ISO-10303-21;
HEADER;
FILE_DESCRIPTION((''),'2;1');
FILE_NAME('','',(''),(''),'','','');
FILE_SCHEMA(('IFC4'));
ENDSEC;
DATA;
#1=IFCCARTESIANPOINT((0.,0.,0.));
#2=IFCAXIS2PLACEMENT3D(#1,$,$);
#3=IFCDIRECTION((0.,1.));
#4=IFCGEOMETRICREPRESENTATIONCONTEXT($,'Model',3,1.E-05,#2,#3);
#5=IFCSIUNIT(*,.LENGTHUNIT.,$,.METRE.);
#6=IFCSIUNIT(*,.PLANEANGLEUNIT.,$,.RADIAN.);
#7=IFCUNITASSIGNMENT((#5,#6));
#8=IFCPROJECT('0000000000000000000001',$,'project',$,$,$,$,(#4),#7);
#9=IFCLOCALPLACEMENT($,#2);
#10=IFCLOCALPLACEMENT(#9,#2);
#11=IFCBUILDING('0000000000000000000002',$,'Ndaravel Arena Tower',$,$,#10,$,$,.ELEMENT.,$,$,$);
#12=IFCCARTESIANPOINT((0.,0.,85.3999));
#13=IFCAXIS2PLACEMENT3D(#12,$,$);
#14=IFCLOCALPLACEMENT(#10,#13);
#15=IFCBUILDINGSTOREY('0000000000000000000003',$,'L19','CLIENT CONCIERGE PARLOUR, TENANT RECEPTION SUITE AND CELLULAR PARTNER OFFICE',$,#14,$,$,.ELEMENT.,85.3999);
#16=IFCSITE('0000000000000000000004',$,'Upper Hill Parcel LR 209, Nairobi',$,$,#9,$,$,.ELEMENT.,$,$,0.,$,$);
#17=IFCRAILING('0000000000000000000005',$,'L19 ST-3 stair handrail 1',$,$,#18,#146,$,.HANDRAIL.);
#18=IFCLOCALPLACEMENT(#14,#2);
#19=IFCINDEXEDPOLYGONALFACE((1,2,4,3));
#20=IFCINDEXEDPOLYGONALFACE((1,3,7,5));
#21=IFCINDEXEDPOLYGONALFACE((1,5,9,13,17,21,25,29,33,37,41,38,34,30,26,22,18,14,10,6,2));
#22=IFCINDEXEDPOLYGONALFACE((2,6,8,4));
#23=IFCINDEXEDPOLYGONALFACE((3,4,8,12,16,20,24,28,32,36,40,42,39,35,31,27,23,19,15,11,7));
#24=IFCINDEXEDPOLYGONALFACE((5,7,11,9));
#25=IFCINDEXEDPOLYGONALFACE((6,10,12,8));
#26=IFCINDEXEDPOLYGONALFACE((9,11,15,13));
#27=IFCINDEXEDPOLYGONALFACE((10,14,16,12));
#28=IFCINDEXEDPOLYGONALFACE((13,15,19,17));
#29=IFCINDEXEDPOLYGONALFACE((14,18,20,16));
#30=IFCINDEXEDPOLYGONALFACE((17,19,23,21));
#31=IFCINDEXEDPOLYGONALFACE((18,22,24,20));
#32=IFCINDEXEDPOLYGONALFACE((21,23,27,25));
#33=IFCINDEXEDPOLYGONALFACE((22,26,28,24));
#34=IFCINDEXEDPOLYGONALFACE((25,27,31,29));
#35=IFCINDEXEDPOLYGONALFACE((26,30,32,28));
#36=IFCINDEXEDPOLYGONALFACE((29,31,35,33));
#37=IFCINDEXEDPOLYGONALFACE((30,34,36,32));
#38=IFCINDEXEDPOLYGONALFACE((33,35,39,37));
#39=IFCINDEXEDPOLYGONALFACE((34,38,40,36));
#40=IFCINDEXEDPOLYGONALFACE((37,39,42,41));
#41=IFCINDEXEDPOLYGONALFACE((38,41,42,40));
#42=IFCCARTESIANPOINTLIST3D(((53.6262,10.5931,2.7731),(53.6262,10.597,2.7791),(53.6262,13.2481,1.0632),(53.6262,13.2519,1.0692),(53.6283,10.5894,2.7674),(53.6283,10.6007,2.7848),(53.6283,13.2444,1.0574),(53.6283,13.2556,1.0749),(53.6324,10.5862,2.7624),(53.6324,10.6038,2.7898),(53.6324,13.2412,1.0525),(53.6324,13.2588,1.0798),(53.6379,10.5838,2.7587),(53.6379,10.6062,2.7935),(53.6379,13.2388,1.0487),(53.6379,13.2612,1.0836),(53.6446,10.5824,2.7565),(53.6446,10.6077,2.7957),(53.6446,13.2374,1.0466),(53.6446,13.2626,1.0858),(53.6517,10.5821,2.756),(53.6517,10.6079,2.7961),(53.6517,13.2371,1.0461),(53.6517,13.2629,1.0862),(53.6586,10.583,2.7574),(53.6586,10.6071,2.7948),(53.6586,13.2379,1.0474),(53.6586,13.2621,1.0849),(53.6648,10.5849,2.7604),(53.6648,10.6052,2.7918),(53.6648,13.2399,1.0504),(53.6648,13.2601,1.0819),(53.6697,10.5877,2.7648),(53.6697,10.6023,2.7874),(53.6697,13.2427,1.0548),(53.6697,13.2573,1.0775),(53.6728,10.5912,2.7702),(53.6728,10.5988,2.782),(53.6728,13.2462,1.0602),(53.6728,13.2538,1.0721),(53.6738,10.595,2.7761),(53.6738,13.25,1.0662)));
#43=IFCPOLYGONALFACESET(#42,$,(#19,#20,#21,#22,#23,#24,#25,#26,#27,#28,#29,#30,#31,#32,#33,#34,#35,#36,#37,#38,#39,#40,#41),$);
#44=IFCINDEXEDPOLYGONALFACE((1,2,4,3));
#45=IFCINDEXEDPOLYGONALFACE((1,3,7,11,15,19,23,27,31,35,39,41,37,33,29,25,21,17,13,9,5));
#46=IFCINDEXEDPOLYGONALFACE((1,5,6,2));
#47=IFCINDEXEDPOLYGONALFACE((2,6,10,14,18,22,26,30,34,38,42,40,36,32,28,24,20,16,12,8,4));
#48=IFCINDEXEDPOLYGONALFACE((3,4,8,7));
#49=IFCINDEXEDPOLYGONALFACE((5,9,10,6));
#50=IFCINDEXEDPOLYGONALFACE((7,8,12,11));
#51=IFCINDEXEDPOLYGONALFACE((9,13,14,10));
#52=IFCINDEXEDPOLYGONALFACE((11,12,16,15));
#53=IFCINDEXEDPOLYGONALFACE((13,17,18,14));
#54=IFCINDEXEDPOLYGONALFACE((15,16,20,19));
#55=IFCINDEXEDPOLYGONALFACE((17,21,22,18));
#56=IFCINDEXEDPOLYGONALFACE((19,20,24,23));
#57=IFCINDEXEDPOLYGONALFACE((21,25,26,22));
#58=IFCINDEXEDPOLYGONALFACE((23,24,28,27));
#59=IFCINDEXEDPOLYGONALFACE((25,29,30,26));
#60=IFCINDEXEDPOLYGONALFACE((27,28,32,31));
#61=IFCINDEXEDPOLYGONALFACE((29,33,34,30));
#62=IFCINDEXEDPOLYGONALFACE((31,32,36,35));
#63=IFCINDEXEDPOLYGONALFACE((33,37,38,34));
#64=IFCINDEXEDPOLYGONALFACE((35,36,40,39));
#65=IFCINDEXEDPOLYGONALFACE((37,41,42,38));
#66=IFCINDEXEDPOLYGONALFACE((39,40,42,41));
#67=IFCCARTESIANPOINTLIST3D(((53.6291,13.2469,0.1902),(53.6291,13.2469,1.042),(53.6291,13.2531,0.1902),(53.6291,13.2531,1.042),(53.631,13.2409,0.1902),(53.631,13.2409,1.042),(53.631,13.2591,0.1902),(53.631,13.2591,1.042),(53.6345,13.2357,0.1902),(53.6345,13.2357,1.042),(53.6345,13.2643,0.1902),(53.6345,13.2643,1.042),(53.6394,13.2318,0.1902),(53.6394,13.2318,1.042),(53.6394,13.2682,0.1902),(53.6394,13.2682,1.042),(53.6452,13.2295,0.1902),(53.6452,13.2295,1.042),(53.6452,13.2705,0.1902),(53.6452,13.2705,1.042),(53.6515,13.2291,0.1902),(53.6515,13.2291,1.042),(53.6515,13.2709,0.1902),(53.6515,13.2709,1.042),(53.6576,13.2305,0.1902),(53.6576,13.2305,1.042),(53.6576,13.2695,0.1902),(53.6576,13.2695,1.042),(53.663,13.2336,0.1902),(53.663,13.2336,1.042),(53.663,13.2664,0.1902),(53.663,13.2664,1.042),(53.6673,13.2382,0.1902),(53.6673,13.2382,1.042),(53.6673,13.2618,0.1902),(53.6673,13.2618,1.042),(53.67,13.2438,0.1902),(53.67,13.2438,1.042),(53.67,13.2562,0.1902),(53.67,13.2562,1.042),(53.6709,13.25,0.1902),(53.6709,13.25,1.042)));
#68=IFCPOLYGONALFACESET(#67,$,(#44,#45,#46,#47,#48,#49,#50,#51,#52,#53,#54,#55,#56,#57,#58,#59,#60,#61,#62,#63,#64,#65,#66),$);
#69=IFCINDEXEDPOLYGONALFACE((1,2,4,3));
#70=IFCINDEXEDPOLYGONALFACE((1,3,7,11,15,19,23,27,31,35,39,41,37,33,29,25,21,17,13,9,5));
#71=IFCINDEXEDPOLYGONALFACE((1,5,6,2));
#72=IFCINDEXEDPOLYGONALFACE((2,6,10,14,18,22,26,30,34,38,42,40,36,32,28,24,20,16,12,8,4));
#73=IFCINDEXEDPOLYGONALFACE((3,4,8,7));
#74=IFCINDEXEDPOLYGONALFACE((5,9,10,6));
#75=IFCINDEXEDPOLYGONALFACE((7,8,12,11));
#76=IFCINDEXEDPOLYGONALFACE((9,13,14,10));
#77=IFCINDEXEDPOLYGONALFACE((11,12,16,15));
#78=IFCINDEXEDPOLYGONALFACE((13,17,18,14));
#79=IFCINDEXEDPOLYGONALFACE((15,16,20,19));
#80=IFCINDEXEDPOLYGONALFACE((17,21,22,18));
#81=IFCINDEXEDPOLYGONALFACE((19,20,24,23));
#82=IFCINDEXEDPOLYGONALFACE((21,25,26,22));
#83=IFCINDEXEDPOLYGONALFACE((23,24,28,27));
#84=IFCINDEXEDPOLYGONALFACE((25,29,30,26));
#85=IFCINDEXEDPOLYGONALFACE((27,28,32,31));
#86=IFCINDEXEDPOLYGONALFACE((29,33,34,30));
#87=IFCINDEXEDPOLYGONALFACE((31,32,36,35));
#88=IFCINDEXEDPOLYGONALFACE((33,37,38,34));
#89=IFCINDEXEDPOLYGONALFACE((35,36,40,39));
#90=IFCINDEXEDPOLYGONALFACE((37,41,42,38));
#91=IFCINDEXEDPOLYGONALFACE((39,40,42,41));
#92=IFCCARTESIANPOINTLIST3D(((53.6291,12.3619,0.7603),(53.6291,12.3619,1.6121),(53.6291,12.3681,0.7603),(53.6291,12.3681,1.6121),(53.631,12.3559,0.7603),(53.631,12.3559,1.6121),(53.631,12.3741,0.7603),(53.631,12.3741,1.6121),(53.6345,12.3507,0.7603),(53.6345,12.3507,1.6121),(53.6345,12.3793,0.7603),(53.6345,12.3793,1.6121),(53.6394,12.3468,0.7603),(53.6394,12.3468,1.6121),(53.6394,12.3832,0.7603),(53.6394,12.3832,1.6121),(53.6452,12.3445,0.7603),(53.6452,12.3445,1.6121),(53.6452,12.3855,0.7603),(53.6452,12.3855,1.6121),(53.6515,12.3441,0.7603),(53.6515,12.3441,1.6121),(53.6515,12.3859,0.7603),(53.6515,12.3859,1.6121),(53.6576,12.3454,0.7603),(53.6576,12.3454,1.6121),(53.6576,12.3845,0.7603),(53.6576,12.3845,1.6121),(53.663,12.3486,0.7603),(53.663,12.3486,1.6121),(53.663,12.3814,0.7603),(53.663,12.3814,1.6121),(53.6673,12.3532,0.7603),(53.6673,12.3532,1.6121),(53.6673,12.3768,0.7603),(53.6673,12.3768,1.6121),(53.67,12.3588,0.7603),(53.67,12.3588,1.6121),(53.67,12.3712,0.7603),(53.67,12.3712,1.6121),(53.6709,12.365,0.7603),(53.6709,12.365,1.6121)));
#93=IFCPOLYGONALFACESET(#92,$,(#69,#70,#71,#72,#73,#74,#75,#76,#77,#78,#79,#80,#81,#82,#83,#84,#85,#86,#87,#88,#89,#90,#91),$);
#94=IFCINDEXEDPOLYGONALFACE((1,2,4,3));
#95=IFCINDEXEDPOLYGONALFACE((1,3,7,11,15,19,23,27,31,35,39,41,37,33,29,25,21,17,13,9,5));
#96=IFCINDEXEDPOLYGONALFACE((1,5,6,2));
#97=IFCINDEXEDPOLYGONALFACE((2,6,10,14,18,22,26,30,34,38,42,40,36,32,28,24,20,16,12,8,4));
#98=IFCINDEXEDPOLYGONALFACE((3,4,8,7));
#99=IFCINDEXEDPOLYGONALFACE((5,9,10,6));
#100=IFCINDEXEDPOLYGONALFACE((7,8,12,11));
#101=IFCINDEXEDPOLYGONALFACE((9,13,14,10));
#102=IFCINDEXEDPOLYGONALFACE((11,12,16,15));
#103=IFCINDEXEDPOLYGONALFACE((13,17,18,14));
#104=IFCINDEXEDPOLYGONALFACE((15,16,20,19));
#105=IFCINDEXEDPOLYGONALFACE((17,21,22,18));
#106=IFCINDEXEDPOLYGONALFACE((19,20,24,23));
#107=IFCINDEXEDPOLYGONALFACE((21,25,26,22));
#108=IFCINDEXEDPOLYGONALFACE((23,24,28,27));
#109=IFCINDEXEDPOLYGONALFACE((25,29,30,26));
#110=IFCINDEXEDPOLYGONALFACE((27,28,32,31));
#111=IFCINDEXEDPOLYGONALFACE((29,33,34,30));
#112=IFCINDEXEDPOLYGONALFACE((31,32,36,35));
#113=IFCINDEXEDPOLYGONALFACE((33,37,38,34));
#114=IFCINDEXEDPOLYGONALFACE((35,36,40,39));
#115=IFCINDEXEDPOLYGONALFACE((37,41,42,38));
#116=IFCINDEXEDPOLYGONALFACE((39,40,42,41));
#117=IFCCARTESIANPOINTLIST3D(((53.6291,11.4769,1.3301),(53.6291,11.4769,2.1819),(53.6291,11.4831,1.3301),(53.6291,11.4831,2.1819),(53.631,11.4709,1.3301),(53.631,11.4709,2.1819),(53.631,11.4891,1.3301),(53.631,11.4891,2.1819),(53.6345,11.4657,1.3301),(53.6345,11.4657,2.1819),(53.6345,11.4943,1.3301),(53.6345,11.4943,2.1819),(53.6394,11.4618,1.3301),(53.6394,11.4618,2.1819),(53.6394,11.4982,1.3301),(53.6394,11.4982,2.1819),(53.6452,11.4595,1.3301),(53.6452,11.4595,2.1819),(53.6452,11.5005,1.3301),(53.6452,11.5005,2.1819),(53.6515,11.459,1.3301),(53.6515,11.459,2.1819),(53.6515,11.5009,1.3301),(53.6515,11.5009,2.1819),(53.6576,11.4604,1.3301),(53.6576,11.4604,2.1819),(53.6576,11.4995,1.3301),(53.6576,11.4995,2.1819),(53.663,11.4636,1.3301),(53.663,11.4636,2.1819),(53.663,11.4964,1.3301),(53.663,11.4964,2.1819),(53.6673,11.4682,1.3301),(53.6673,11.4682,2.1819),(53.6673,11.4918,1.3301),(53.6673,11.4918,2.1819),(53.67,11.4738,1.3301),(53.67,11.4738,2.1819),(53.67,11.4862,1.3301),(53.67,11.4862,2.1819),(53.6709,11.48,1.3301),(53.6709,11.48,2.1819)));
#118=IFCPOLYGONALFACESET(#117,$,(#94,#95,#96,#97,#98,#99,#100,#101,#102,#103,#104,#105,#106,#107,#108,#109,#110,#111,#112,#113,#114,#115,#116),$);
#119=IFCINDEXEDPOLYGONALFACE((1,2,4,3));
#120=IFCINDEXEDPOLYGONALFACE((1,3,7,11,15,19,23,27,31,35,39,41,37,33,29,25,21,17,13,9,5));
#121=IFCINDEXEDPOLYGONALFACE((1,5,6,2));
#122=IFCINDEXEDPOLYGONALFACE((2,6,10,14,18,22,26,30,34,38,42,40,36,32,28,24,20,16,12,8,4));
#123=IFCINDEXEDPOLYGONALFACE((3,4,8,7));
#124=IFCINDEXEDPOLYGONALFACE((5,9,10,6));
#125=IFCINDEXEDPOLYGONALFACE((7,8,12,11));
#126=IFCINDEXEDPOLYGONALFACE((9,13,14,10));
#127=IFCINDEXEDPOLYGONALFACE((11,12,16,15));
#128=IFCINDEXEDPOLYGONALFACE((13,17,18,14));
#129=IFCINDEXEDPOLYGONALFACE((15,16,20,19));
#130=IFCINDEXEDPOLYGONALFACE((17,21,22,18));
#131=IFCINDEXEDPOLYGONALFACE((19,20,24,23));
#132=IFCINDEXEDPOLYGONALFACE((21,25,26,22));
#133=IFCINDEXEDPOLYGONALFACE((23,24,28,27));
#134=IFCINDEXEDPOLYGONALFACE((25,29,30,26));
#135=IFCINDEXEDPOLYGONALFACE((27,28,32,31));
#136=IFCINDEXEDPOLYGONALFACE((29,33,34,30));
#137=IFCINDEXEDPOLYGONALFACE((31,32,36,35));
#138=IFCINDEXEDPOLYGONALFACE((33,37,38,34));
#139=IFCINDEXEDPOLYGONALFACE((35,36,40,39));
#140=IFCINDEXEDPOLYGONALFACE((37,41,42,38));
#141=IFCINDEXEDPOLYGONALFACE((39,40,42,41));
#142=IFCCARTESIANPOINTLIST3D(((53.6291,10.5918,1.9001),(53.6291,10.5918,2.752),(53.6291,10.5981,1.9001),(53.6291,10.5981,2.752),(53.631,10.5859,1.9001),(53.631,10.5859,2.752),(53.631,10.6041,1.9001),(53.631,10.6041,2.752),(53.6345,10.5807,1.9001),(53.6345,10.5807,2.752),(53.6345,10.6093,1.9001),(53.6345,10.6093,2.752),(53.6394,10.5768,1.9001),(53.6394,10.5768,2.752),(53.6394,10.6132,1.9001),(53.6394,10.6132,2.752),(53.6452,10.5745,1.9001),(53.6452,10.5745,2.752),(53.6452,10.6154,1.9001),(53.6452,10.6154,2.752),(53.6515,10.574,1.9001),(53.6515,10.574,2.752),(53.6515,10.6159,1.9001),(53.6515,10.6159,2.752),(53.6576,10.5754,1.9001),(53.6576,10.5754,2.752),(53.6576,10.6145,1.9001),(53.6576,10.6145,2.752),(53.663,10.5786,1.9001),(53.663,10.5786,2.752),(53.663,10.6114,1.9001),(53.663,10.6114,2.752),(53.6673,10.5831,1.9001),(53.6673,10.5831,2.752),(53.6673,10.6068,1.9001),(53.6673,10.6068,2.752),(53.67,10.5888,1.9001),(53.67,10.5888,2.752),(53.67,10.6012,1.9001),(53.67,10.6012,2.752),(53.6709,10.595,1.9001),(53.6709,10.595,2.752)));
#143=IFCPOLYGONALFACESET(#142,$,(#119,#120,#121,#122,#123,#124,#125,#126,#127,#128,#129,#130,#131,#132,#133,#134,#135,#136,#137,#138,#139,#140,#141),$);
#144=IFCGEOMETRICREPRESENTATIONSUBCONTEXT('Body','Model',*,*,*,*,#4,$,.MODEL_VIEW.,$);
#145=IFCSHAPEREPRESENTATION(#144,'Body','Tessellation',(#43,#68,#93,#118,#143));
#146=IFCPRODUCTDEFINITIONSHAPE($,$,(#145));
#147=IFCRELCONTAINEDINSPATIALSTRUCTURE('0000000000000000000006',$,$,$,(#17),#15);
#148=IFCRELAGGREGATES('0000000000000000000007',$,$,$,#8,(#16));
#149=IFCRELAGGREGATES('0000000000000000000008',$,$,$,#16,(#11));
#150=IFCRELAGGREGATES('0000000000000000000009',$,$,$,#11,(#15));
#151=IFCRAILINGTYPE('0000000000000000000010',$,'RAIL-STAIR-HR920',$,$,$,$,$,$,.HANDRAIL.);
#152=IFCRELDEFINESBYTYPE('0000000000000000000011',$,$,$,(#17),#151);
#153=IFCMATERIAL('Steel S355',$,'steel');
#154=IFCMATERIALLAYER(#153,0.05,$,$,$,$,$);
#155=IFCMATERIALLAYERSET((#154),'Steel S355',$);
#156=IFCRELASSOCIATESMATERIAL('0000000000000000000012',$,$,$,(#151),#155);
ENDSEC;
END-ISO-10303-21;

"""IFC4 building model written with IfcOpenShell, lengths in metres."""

from ifc_helpers import new_model, si_unit, direction, frame, origin, origin_2d, place, context, subcontext, project, spatial, circle, extrude, material, layer, layer_set, type_object, element, save


model = new_model("IFC4")

# Units and contexts
model_context = context("Model", 3, precision=1e-05, world=origin(), true_north=direction((0.0, 1.0)))
body_context = subcontext(model_context, "Body", "Model", "MODEL_VIEW")
ifc_project = project(units=[si_unit("LENGTHUNIT", "METRE"), si_unit("PLANEANGLEUNIT", "RADIAN")], contexts=[model_context])

# Site, building, storey
site_placement = place(None, origin())
site = spatial("IfcSite", under=ifc_project, at=site_placement, Name="Upper Hill Parcel LR 209, Nairobi", CompositionType="ELEMENT", RefElevation=0.0)
building_placement = place(site_placement, origin())
building = spatial("IfcBuilding", under=site, at=building_placement, Name="Ndaravel Arena Tower", CompositionType="ELEMENT")
storey_placement = place(building_placement, frame((0.0, 0.0, 85.3999)))
storey = spatial("IfcBuildingStorey", under=building, at=storey_placement, Name="L19", Description="CLIENT CONCIERGE PARLOUR, TENANT RECEPTION SUITE AND CELLULAR PARTNER OFFICE", CompositionType="ELEMENT", Elevation=85.3999)

# Railing
ifc_material_1 = material(Name="Steel S355", Category="steel")
ifc_layer_1 = layer(ifc_material_1, 0.05)
ifc_layer_set_1 = layer_set([ifc_layer_1], Name="Steel S355")
railing_type_1 = type_object("IfcRailingType", Name="RAIL-STAIR-HR920", PredefinedType="HANDRAIL", material=ifc_layer_set_1)
railing_1_placement = place(storey_placement, frame((53.6499, 13.25, 0.1902)))
element("IfcRailing", 1, at=railing_1_placement, inside=storey, type_object=railing_type_1, Name="L19 ST-3 stair handrail 1", PredefinedType="HANDRAIL", context=body_context, shape_type="SweptSolid", body=[
    extrude(circle(Radius=0.0239, at=origin_2d()), frame((0.0, 0.0, 0.876), z_axis=(0.0, -0.840724, 0.541465), x_axis=(1.0, 0.0, 0.0)), (0.0, 0.0, 1.0), 3.158),
    extrude(circle(Radius=0.021, at=origin_2d()), origin(), (0.0, 0.0, 1.0), 0.8518),
    extrude(circle(Radius=0.021, at=origin_2d()), frame((0.0, -0.885, 0.5701)), (0.0, 0.0, 1.0), 0.8518),
    extrude(circle(Radius=0.021, at=origin_2d()), frame((0.0, -1.77, 1.1399)), (0.0, 0.0, 1.0), 0.8518),
    extrude(circle(Radius=0.021, at=origin_2d()), frame((0.0, -2.655, 1.71)), (0.0, 0.0, 1.0), 0.8518),
])

save(model, "model.ifc")
